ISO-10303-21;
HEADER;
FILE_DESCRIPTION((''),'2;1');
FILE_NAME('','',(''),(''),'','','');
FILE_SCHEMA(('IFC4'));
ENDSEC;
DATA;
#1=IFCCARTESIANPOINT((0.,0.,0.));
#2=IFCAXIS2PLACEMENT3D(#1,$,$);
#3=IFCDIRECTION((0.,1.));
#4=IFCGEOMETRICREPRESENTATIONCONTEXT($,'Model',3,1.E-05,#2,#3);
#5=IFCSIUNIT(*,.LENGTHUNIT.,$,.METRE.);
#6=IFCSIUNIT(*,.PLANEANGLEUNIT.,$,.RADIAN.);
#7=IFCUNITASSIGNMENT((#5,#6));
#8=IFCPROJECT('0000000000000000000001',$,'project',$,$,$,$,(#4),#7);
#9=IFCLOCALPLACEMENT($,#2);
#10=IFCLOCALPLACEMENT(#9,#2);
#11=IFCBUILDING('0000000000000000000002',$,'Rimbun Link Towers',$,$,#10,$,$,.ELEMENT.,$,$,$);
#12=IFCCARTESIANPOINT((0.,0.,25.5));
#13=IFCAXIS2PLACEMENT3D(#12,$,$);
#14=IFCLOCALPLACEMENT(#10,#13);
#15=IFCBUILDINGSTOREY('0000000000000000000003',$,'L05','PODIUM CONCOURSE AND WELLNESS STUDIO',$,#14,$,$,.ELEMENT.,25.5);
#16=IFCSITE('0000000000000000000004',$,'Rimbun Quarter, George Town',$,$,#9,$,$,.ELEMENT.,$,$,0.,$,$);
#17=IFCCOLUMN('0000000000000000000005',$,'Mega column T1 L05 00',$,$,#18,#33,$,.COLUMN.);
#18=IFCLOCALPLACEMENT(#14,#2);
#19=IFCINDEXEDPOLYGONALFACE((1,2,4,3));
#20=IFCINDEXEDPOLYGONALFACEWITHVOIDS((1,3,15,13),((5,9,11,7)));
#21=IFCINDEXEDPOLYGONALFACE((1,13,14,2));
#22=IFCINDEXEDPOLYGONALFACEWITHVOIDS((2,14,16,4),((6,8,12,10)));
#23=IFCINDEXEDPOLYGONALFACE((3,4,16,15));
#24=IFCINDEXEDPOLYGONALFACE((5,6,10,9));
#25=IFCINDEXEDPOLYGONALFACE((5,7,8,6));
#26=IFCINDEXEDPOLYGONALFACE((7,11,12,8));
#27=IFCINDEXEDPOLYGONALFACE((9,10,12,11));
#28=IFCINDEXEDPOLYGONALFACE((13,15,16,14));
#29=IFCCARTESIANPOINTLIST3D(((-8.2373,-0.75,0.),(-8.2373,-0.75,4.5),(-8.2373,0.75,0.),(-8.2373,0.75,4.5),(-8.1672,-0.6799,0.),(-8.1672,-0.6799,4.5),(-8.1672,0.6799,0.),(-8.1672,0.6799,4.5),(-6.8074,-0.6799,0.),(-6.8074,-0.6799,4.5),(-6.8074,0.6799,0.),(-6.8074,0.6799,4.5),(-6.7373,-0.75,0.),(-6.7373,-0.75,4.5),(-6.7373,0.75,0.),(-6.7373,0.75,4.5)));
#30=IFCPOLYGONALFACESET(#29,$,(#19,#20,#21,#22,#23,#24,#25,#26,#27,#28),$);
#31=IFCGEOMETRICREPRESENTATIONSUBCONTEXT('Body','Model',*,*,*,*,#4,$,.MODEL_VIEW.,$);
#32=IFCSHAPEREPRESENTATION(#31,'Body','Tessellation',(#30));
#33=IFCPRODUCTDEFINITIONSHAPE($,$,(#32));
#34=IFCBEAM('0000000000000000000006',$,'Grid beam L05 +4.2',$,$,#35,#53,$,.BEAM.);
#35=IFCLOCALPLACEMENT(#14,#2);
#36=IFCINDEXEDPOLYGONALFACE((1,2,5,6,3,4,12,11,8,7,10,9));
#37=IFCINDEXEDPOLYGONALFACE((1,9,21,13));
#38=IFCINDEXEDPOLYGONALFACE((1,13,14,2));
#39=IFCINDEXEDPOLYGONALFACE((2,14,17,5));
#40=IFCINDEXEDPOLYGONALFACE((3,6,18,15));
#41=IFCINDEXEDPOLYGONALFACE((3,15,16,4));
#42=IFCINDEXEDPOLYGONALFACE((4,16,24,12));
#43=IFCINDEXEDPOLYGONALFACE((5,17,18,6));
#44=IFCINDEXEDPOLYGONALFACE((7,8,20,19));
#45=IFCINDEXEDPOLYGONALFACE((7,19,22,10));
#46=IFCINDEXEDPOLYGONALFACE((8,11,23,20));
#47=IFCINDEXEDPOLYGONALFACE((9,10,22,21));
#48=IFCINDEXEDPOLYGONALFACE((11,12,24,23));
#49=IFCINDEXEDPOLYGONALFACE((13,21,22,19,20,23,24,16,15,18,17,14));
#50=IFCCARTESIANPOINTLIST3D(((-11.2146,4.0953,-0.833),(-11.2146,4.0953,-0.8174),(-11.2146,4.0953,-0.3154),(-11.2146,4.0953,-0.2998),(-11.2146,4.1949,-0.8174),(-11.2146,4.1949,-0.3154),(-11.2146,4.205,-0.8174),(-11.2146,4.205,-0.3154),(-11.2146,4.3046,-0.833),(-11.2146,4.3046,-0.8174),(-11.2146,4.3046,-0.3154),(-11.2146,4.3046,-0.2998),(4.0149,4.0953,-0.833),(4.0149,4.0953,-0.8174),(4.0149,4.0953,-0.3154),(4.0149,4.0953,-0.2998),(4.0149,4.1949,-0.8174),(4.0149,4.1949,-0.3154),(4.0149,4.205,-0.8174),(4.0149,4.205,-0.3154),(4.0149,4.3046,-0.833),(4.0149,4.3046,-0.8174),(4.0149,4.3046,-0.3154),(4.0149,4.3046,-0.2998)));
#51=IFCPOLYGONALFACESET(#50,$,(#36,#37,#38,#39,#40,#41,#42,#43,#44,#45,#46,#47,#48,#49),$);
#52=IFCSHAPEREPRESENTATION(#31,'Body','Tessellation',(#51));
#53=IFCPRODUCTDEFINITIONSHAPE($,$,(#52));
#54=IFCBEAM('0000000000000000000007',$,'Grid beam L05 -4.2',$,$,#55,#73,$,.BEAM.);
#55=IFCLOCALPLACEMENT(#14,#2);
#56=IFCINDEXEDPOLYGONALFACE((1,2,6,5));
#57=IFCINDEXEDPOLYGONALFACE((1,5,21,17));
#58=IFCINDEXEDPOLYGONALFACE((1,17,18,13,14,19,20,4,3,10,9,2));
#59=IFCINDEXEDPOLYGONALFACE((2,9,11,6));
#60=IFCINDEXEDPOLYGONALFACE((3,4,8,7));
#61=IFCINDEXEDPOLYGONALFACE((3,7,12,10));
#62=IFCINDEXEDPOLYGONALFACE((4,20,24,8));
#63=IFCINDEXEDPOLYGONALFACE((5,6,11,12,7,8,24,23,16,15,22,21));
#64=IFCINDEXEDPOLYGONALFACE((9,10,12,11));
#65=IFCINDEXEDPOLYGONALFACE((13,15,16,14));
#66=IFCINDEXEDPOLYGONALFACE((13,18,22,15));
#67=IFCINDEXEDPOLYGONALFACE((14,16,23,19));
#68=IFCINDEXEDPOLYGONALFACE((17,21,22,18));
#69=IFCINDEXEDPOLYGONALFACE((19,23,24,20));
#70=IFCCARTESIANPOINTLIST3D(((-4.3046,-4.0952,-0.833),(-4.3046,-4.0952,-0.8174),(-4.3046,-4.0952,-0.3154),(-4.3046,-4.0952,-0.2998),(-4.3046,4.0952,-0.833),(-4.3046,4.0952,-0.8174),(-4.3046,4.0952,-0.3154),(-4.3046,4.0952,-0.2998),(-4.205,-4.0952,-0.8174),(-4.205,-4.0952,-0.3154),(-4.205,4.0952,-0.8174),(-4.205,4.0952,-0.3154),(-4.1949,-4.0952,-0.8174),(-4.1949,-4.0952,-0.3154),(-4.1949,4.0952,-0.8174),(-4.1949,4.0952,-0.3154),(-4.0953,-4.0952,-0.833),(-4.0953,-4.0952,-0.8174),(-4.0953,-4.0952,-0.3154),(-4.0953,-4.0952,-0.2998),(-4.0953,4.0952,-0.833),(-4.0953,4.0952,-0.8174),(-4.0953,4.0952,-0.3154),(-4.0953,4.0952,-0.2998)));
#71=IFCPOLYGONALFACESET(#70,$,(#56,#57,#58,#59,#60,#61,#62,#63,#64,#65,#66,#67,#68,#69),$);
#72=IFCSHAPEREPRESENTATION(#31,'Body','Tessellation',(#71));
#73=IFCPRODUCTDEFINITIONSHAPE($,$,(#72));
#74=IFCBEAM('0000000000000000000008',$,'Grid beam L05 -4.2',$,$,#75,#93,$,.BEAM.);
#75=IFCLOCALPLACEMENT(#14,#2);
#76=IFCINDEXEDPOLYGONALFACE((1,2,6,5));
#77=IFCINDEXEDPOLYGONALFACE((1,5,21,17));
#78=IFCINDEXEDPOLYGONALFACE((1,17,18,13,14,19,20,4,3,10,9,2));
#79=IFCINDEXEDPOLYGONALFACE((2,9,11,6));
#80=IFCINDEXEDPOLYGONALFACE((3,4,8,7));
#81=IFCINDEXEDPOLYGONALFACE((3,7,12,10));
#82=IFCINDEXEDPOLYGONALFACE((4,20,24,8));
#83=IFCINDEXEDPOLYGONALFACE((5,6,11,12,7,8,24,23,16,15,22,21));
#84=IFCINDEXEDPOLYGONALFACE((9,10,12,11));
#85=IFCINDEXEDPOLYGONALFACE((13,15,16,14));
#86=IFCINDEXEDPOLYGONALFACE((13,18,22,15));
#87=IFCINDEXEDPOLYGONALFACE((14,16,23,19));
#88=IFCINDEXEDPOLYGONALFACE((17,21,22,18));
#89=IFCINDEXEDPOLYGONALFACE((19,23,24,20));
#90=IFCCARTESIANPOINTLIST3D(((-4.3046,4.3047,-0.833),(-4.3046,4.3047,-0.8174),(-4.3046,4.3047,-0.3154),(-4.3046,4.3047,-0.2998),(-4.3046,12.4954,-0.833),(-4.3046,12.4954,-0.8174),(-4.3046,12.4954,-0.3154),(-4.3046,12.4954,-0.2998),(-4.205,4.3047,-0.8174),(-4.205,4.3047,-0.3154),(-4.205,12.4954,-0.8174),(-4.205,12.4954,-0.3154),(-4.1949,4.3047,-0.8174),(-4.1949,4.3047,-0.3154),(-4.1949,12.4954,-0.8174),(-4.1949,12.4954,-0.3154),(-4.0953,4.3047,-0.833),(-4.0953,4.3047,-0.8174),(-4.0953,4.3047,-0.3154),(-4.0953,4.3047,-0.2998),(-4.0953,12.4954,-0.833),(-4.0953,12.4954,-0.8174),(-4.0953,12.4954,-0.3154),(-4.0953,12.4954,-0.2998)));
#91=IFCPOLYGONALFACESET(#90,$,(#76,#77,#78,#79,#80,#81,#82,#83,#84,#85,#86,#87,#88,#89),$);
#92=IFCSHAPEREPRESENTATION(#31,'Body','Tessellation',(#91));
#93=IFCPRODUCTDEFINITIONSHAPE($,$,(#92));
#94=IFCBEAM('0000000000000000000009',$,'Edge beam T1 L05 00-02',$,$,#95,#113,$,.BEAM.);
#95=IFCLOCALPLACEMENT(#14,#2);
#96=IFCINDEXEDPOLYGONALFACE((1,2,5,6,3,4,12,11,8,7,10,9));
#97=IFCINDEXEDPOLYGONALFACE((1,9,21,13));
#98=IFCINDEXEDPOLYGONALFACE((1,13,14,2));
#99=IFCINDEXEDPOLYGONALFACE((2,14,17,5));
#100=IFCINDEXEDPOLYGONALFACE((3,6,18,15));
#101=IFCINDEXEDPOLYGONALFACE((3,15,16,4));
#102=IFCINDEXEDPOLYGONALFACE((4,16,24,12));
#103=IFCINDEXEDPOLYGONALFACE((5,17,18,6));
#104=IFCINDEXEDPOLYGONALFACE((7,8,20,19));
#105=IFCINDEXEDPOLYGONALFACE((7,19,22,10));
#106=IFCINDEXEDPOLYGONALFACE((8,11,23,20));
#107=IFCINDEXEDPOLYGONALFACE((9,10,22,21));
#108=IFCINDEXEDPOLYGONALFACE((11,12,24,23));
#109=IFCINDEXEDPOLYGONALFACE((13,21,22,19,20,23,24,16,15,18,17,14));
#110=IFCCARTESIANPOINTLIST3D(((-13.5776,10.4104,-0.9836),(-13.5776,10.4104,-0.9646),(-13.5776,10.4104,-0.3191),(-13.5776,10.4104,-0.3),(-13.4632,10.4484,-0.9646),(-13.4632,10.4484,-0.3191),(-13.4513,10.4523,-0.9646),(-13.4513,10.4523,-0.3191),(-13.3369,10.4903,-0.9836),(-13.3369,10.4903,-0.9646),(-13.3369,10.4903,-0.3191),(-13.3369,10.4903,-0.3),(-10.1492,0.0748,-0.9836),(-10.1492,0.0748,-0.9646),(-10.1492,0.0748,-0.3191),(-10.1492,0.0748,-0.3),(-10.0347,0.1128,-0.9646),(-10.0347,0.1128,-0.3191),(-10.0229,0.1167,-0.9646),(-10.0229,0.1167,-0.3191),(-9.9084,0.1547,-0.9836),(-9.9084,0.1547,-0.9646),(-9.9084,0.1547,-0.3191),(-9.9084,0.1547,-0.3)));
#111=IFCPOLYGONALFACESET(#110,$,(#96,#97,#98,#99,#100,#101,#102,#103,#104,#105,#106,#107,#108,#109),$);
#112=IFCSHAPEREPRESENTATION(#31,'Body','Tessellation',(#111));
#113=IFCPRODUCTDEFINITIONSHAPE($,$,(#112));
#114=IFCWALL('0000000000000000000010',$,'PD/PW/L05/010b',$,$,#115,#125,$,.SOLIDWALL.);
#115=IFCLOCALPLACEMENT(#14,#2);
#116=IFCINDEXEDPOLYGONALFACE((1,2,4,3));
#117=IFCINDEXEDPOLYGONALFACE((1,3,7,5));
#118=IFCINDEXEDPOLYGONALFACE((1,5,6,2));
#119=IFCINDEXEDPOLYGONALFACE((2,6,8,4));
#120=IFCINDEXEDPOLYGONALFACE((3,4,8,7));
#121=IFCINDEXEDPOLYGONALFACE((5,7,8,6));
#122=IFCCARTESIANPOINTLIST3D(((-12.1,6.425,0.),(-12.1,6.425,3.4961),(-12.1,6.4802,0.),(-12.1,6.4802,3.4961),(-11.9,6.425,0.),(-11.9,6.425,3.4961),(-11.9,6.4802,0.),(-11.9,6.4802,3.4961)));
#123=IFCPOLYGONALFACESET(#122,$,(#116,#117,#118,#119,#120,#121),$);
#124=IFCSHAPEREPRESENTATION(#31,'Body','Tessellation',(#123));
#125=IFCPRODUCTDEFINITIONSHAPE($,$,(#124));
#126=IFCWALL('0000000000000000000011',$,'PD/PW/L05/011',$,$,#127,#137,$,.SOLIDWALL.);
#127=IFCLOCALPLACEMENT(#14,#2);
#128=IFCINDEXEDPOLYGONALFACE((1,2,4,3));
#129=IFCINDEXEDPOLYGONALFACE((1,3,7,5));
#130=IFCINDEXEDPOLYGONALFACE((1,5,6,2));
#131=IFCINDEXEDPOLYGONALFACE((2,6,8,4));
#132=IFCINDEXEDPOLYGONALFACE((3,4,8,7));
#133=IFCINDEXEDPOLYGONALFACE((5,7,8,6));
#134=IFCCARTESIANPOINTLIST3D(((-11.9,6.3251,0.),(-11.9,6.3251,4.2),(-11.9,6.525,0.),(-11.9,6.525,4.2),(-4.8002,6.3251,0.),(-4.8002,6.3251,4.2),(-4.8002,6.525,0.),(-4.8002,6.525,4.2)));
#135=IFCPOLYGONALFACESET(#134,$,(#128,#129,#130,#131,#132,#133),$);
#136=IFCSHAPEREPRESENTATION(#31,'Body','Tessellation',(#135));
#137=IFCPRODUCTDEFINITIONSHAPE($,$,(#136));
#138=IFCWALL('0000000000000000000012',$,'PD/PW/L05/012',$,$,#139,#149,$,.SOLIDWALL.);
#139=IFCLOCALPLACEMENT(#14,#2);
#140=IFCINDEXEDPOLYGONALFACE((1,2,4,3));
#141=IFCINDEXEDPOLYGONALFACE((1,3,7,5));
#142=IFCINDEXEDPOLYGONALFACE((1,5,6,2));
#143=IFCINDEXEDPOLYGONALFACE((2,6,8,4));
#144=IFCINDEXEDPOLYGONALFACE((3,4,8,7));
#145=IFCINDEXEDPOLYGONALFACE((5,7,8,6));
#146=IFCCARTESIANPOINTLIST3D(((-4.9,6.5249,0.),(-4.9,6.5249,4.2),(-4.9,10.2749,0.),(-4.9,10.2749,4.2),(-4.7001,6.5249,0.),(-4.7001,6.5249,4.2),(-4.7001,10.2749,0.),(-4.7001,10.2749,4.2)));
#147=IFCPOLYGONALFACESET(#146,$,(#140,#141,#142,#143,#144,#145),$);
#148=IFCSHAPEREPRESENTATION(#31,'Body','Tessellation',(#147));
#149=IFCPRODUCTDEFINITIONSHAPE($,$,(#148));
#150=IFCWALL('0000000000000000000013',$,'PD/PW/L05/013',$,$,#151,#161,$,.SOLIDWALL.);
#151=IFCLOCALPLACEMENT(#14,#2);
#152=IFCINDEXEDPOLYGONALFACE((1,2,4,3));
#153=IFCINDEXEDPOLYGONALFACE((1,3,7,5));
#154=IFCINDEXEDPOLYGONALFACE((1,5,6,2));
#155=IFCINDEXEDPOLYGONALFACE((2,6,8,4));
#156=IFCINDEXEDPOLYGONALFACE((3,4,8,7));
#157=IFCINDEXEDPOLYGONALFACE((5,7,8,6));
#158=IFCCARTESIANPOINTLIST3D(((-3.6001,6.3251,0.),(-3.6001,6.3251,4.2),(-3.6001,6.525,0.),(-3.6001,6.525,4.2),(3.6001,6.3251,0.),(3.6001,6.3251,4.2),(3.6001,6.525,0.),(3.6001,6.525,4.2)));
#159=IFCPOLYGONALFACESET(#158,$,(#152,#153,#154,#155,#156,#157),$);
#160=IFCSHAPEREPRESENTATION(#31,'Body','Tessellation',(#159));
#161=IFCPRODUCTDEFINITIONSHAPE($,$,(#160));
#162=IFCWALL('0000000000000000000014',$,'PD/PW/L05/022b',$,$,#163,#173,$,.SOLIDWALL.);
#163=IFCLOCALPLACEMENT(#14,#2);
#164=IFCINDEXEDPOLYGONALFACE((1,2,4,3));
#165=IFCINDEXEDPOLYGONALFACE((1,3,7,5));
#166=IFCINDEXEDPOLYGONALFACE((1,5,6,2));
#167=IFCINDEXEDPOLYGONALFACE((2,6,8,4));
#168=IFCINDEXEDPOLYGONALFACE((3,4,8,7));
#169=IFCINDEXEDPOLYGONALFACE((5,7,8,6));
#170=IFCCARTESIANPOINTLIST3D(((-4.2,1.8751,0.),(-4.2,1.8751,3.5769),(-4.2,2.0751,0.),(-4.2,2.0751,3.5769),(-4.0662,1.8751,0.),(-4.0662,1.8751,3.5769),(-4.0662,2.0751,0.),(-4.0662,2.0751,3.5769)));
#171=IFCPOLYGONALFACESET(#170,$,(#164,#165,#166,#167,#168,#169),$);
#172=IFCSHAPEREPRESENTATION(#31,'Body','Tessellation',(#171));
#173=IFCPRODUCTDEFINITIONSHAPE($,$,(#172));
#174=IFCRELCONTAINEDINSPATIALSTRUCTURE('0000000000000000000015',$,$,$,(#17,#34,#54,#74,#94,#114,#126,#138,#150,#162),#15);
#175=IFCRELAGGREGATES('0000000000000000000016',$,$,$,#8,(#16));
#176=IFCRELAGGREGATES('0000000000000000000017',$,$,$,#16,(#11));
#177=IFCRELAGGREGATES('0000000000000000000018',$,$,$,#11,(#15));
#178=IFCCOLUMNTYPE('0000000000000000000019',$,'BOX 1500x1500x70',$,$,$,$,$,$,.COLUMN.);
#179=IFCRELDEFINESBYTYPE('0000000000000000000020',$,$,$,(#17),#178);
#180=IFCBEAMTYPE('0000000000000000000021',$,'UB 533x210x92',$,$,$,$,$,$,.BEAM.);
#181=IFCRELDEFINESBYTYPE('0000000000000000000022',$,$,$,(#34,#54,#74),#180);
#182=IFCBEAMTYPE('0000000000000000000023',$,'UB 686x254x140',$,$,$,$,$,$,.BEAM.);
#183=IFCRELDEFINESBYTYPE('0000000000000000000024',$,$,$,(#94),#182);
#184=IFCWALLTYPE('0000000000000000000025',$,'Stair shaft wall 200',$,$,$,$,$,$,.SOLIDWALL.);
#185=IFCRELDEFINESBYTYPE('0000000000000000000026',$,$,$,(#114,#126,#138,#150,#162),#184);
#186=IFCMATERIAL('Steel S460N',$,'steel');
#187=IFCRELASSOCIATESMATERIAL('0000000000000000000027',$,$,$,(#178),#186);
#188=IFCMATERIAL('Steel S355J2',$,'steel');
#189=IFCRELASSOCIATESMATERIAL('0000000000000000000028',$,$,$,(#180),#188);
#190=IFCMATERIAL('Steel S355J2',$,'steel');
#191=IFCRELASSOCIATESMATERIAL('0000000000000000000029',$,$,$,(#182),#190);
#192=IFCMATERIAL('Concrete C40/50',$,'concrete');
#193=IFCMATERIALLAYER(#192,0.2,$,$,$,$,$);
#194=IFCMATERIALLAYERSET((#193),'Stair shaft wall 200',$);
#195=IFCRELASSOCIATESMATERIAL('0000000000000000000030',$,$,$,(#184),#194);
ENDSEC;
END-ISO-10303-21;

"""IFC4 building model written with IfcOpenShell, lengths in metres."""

from ifc_helpers import new_model, si_unit, direction, frame, frame_2d, origin, origin_2d, place, context, subcontext, project, spatial, rectangle, hollow_rectangle, i_section, extrude, material, layer, layer_set, material_profile, profile_set, type_object, element, save


model = new_model("IFC4")

# Units and contexts
model_context = context("Model", 3, precision=1e-05, world=origin(), true_north=direction((0.0, 1.0)))
body_context = subcontext(model_context, "Body", "Model", "MODEL_VIEW")
ifc_project = project(units=[si_unit("LENGTHUNIT", "METRE"), si_unit("PLANEANGLEUNIT", "RADIAN")], contexts=[model_context])

# Site, building, storey
site_placement = place(None, origin())
site = spatial("IfcSite", under=ifc_project, at=site_placement, Name="Rimbun Quarter, George Town", CompositionType="ELEMENT", RefElevation=0.0)
building_placement = place(site_placement, origin())
building = spatial("IfcBuilding", under=site, at=building_placement, Name="Rimbun Link Towers", CompositionType="ELEMENT")
storey_placement = place(building_placement, frame((0.0, 0.0, 25.5)))
storey = spatial("IfcBuildingStorey", under=building, at=storey_placement, Name="L05", Description="PODIUM CONCOURSE AND WELLNESS STUDIO", CompositionType="ELEMENT", Elevation=25.5)

# Column
ifc_material_1 = material(Name="Steel S460N", Category="steel")
ifc_material_profile_1 = material_profile(ifc_material_1, hollow_rectangle(XDim=1.5, YDim=1.5, WallThickness=0.0701, at=origin_2d()), Name="BOX 1500x1500x70")
ifc_profile_set_1 = profile_set([ifc_material_profile_1], Name="Steel S460N")
column_type = type_object("IfcColumnType", Name="BOX 1500x1500x70", PredefinedType="COLUMN", material=ifc_profile_set_1)
column_placement = place(storey_placement, frame((-7.4873, 0.0, 0.0), z_axis=(0.0, 0.0, 1.0), x_axis=(1.0, 0.0, 0.0)))
element("IfcColumn", 1, at=column_placement, inside=storey, type_object=column_type, Name="Mega column T1 L05 00", PredefinedType="COLUMN", context=body_context, shape_type="SweptSolid", body=[
    extrude(hollow_rectangle(XDim=1.5, YDim=1.5, WallThickness=0.0701, at=origin_2d()), origin(), (0.0, 0.0, 1.0), 4.5),
])

# Beams
ifc_material_2 = material(Name="Steel S355J2", Category="steel")
ifc_material_profile_2 = material_profile(ifc_material_2, i_section(OverallWidth=0.2092, OverallDepth=0.5332, WebThickness=0.01, FlangeThickness=0.0156, at=origin_2d()), Name="UB 533x210x92")
ifc_profile_set_2 = profile_set([ifc_material_profile_2], Name="Steel S355J2")
beam_type_1 = type_object("IfcBeamType", Name="UB 533x210x92", PredefinedType="BEAM", material=ifc_profile_set_2)
beam_1_placement = place(storey_placement, frame((-11.2146, 4.2, -0.5664), z_axis=(1.0, 0.0, 0.0), x_axis=(0.0, 1.0, 0.0)))
element("IfcBeam", 2, at=beam_1_placement, inside=storey, type_object=beam_type_1, Name="Grid beam L05 +4.2", PredefinedType="BEAM", context=body_context, shape_type="SweptSolid", body=[
    extrude(i_section(OverallWidth=0.2092, OverallDepth=0.5332, WebThickness=0.01, FlangeThickness=0.0156, at=origin_2d()), origin(), (0.0, 0.0, 1.0), 15.2295),
])
beam_2_placement = place(storey_placement, frame((-4.2, -4.0952, -0.5664), z_axis=(0.0, 1.0, 0.0), x_axis=(-1.0, 0.0, 0.0)))
element("IfcBeam", 3, at=beam_2_placement, inside=storey, type_object=beam_type_1, Name="Grid beam L05 -4.2", PredefinedType="BEAM", context=body_context, shape_type="SweptSolid", body=[
    extrude(i_section(OverallWidth=0.2092, OverallDepth=0.5332, WebThickness=0.01, FlangeThickness=0.0156, at=origin_2d()), origin(), (0.0, 0.0, 1.0), 8.1904),
])
beam_3_placement = place(storey_placement, frame((-4.2, 4.3047, -0.5664), z_axis=(0.0, 1.0, 0.0), x_axis=(-1.0, 0.0, 0.0)))
element("IfcBeam", 4, at=beam_3_placement, inside=storey, type_object=beam_type_1, Name="Grid beam L05 -4.2", PredefinedType="BEAM", context=body_context, shape_type="SweptSolid", body=[
    extrude(i_section(OverallWidth=0.2092, OverallDepth=0.5332, WebThickness=0.01, FlangeThickness=0.0156, at=origin_2d()), origin(), (0.0, 0.0, 1.0), 8.1907),
])
ifc_material_3 = material(Name="Steel S355J2", Category="steel")
ifc_material_profile_3 = material_profile(ifc_material_3, i_section(OverallWidth=0.2537, OverallDepth=0.6836, WebThickness=0.0125, FlangeThickness=0.019, at=origin_2d()), Name="UB 686x254x140")
ifc_profile_set_3 = profile_set([ifc_material_profile_3], Name="Steel S355J2")
beam_type_2 = type_object("IfcBeamType", Name="UB 686x254x140", PredefinedType="BEAM", material=ifc_profile_set_3)
beam_4_placement = place(storey_placement, frame((-10.0288, 0.1147, -0.6418), z_axis=(-0.314842, 0.949144, 0.0), x_axis=(-0.949144, -0.314842, 0.0)))
element("IfcBeam", 5, at=beam_4_placement, inside=storey, type_object=beam_type_2, Name="Edge beam T1 L05 00-02", PredefinedType="BEAM", context=body_context, shape_type="SweptSolid", body=[
    extrude(i_section(OverallWidth=0.2537, OverallDepth=0.6836, WebThickness=0.0125, FlangeThickness=0.019, at=origin_2d()), origin(), (0.0, 0.0, 1.0), 10.8894),
])

# Walls
ifc_material_4 = material(Name="Concrete C40/50", Category="concrete")
ifc_layer_1 = layer(ifc_material_4, 0.2)
ifc_layer_set_1 = layer_set([ifc_layer_1], Name="Stair shaft wall 200")
wall_type = type_object("IfcWallType", Name="Stair shaft wall 200", PredefinedType="SOLIDWALL", material=ifc_layer_set_1)
wall_1_placement = place(storey_placement, frame((-12.0, 6.4802, 0.0), z_axis=(0.0, 0.0, 1.0), x_axis=(0.0, -1.0, 0.0)))
element("IfcWall", 6, at=wall_1_placement, inside=storey, type_object=wall_type, Name="PD/PW/L05/010b", PredefinedType="SOLIDWALL", context=body_context, shape_type="SweptSolid", body=[
    extrude(rectangle(XDim=0.0552, YDim=0.2, at=frame_2d((0.0276, 0.0))), origin(), (0.0, 0.0, 1.0), 3.4961),
])
wall_2_placement = place(storey_placement, frame((-11.8999, 6.425, 0.0), z_axis=(0.0, 0.0, 1.0), x_axis=(1.0, 0.0, 0.0)))
element("IfcWall", 7, at=wall_2_placement, inside=storey, type_object=wall_type, Name="PD/PW/L05/011", PredefinedType="SOLIDWALL", context=body_context, shape_type="SweptSolid", body=[
    extrude(rectangle(XDim=7.0999, YDim=0.2, at=frame_2d((3.5498, 0.0))), origin(), (0.0, 0.0, 1.0), 4.2),
])
wall_3_placement = place(storey_placement, frame((-4.8, 6.5249, 0.0), z_axis=(0.0, 0.0, 1.0), x_axis=(0.0, 1.0, 0.0)))
element("IfcWall", 8, at=wall_3_placement, inside=storey, type_object=wall_type, Name="PD/PW/L05/012", PredefinedType="SOLIDWALL", context=body_context, shape_type="SweptSolid", body=[
    extrude(rectangle(XDim=3.75, YDim=0.2, at=frame_2d((1.875, 0.0))), origin(), (0.0, 0.0, 1.0), 4.2),
])
wall_4_placement = place(storey_placement, frame((-3.6001, 6.425, 0.0), z_axis=(0.0, 0.0, 1.0), x_axis=(1.0, 0.0, 0.0)))
element("IfcWall", 9, at=wall_4_placement, inside=storey, type_object=wall_type, Name="PD/PW/L05/013", PredefinedType="SOLIDWALL", context=body_context, shape_type="SweptSolid", body=[
    extrude(rectangle(XDim=7.2002, YDim=0.2, at=frame_2d((3.6001, 0.0))), origin(), (0.0, 0.0, 1.0), 4.2),
])
wall_5_placement = place(storey_placement, frame((-4.0662, 1.9751, 0.0), z_axis=(0.0, 0.0, 1.0), x_axis=(-1.0, 0.0, 0.0)))
element("IfcWall", 10, at=wall_5_placement, inside=storey, type_object=wall_type, Name="PD/PW/L05/022b", PredefinedType="SOLIDWALL", context=body_context, shape_type="SweptSolid", body=[
    extrude(rectangle(XDim=0.1338, YDim=0.2, at=frame_2d((0.0669, 0.0))), origin(), (0.0, 0.0, 1.0), 3.5769),
])

save(model, "model.ifc")
